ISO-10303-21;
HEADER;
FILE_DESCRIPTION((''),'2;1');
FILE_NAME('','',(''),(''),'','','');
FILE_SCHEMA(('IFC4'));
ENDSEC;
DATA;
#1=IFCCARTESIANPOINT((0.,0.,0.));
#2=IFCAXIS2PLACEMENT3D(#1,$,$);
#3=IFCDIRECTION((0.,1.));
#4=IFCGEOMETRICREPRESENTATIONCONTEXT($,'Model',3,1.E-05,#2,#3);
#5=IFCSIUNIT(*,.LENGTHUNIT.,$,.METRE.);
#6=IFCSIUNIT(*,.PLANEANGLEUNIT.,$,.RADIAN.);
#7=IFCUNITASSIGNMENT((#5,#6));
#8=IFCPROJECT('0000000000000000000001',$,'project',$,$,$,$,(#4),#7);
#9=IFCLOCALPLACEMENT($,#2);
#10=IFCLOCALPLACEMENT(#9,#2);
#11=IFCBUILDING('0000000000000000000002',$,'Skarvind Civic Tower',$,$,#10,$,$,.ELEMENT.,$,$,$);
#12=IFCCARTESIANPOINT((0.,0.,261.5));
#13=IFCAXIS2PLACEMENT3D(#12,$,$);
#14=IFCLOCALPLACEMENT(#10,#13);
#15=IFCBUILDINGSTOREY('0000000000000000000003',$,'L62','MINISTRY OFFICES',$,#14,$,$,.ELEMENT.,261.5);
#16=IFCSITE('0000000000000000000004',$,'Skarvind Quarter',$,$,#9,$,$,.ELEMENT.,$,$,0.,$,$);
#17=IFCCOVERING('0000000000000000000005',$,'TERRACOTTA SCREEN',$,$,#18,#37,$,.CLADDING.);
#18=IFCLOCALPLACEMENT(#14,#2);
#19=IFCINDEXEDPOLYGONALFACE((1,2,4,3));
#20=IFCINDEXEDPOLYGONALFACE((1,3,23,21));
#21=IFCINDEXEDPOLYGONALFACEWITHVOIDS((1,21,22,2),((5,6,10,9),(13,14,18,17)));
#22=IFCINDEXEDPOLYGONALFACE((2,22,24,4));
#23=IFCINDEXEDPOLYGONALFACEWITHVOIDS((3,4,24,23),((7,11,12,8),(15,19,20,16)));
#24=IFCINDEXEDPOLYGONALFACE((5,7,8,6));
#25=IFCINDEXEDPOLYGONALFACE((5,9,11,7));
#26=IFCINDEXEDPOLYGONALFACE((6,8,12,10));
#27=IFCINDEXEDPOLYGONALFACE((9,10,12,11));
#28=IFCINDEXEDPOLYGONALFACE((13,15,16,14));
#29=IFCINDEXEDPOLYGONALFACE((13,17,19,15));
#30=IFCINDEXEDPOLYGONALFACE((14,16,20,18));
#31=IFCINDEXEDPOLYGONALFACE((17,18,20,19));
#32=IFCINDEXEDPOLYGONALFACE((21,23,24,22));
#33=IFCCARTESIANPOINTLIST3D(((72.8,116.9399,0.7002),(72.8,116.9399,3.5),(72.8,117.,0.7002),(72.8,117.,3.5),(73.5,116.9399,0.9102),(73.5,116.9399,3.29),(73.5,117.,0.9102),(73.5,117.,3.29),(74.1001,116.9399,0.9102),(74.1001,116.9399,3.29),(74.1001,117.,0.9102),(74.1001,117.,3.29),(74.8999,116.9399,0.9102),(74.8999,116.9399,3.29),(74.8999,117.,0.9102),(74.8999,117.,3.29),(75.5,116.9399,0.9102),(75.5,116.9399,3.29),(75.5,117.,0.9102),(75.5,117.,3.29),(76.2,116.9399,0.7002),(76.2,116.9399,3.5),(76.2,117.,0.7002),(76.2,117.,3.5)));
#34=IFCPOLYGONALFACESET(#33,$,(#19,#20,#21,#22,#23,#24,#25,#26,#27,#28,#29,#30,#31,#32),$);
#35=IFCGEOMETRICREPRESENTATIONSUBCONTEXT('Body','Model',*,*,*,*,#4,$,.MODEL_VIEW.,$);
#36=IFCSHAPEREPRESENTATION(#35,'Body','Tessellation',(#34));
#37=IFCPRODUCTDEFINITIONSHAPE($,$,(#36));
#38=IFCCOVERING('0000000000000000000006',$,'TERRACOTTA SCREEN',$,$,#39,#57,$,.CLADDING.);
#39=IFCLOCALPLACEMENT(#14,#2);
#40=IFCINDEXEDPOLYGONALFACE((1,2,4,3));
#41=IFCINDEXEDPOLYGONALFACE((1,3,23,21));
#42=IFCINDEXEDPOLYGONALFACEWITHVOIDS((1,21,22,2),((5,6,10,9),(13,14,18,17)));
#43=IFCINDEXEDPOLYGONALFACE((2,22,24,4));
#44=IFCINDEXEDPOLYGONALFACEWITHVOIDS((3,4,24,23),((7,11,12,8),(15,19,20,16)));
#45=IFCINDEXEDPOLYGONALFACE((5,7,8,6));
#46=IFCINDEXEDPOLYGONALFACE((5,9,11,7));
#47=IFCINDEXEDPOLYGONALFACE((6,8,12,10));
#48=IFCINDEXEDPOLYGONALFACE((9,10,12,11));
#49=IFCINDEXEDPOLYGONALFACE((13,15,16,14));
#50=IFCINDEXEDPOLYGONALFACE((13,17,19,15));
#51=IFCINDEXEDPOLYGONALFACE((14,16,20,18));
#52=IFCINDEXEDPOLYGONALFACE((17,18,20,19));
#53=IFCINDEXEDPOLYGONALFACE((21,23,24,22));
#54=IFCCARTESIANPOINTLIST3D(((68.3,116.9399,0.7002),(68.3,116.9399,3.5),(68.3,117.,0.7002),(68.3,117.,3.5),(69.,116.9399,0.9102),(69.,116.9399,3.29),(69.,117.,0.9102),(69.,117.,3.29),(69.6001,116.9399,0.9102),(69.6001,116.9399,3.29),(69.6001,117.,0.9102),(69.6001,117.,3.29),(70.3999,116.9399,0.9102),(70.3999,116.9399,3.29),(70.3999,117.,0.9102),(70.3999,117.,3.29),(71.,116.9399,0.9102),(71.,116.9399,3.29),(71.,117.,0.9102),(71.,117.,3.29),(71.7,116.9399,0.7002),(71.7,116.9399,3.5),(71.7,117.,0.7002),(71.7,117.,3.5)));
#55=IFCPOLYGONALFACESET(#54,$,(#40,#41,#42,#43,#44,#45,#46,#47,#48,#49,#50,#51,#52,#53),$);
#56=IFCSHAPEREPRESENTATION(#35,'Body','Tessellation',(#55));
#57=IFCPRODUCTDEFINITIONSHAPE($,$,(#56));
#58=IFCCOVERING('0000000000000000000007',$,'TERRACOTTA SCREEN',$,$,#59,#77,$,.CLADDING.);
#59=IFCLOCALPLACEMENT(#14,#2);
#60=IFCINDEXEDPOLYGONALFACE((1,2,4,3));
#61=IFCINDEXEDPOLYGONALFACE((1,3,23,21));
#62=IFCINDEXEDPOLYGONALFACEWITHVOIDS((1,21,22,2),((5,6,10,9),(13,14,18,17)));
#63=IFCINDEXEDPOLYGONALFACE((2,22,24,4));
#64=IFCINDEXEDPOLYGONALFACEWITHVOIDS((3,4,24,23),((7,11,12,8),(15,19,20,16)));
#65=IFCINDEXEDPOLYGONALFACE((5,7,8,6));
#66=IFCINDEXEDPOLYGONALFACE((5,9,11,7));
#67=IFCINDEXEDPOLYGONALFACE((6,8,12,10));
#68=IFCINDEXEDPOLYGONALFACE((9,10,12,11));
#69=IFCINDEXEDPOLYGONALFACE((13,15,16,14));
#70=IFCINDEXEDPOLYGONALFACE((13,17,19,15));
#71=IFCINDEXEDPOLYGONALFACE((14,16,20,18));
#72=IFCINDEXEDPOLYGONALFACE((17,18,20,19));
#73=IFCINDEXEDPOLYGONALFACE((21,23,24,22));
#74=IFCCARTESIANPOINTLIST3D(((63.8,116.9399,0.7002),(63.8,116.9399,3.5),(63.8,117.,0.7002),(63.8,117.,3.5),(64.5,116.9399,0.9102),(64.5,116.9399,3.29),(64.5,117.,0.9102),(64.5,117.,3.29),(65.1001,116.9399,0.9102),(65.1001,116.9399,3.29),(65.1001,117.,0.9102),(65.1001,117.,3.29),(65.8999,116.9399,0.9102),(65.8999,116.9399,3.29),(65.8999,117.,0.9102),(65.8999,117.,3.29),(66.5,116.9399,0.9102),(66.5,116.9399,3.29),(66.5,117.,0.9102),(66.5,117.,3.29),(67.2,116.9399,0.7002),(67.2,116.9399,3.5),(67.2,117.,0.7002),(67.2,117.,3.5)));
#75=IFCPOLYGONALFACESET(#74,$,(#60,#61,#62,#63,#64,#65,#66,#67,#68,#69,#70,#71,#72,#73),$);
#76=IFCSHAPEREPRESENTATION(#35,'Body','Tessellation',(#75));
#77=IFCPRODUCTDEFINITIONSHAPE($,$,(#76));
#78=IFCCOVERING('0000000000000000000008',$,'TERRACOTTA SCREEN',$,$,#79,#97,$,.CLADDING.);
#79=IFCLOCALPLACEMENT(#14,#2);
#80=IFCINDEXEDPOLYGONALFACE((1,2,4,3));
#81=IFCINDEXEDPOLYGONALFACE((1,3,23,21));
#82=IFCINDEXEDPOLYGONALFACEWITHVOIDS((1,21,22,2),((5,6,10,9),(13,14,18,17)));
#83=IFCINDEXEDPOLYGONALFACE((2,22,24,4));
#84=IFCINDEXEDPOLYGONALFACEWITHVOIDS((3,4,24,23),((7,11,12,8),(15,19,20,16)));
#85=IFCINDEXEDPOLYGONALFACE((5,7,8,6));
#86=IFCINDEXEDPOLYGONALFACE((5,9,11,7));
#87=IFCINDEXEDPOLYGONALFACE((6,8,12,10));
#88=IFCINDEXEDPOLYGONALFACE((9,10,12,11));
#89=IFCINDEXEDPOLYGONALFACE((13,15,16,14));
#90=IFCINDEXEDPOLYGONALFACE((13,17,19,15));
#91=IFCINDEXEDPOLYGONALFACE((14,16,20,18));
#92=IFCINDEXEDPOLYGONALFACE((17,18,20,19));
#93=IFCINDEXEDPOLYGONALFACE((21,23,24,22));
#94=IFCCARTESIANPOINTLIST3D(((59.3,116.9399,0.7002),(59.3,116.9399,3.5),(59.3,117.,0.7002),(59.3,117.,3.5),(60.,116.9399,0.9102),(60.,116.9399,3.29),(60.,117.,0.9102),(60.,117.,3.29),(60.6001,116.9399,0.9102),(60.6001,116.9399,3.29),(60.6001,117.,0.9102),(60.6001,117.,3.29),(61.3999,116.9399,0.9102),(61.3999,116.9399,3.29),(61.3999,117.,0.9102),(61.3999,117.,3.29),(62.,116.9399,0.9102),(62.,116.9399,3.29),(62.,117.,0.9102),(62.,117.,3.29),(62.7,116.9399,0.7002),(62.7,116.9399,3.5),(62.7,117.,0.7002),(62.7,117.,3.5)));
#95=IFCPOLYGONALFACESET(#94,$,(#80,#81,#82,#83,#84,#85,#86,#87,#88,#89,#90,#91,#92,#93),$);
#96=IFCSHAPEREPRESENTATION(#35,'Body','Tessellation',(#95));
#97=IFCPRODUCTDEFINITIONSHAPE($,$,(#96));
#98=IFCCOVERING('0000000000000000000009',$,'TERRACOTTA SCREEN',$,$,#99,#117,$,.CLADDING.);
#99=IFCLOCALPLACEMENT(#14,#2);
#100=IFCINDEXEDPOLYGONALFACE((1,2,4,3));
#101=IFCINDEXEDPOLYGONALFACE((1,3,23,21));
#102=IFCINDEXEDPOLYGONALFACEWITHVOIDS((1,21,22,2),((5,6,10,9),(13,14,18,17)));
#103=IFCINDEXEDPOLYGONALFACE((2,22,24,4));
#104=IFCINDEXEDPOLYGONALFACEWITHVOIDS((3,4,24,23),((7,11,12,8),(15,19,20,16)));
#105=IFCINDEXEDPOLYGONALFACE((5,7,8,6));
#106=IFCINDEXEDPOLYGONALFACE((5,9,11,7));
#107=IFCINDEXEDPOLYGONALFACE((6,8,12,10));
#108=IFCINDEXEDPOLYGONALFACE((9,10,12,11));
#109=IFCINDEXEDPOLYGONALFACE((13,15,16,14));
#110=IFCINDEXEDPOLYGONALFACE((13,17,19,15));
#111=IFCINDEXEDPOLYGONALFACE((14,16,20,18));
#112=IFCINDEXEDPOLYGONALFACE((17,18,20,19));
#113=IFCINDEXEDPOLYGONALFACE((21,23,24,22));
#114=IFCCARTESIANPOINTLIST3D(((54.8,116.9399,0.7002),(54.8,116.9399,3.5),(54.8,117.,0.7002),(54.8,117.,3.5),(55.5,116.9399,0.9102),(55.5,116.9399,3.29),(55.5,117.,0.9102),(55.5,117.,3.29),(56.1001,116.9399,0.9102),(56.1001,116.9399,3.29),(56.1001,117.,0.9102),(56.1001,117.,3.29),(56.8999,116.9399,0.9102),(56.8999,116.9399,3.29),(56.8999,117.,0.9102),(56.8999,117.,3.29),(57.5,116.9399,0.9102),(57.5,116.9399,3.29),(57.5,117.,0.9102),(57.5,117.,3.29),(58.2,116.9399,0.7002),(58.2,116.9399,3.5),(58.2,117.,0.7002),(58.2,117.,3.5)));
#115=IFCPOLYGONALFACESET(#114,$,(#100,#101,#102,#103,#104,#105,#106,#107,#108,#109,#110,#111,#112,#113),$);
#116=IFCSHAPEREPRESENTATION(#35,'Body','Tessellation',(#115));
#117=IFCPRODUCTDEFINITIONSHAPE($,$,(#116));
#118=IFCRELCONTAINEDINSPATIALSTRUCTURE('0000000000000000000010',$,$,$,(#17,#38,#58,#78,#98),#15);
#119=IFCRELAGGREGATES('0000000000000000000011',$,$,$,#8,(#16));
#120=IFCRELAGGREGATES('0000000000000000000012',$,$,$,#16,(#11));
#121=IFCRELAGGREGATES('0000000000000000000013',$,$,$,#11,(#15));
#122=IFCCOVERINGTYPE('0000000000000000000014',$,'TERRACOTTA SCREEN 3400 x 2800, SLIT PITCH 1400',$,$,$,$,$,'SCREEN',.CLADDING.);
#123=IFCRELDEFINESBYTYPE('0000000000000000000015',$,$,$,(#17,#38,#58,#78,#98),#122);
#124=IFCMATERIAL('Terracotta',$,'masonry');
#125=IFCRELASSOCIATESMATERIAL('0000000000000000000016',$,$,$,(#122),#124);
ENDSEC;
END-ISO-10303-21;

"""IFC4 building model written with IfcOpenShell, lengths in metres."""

from ifc_helpers import new_model, si_unit, direction, frame, origin, place, context, subcontext, project, spatial, polyline, outline, extrude, material, material_profile, profile_set, type_object, element, save


model = new_model("IFC4")

# Units and contexts
model_context = context("Model", 3, precision=1e-05, world=origin(), true_north=direction((0.0, 1.0)))
body_context = subcontext(model_context, "Body", "Model", "MODEL_VIEW")
ifc_project = project(units=[si_unit("LENGTHUNIT", "METRE"), si_unit("PLANEANGLEUNIT", "RADIAN")], contexts=[model_context])

# Site, building, storey
site_placement = place(None, origin())
site = spatial("IfcSite", under=ifc_project, at=site_placement, Name="Skarvind Quarter", CompositionType="ELEMENT", RefElevation=0.0)
building_placement = place(site_placement, origin())
building = spatial("IfcBuilding", under=site, at=building_placement, Name="Skarvind Civic Tower", CompositionType="ELEMENT")
storey_placement = place(building_placement, frame((0.0, 0.0, 261.5)))
storey = spatial("IfcBuildingStorey", under=building, at=storey_placement, Name="L62", Description="MINISTRY OFFICES", CompositionType="ELEMENT", Elevation=261.5)

# Coverings
ifc_material_1 = material(Name="Terracotta", Category="masonry")
ifc_material_profile = material_profile(ifc_material_1, outline(polyline([(-1.7, -1.3999), (1.7, -1.3999), (1.7, 1.3999), (-1.7, 1.3999), (-1.7, -1.3999)]), holes=[polyline([(-1.0, -1.1899), (-0.3999, -1.1899), (-0.3999, 1.1899), (-1.0, 1.1899), (-1.0, -1.1899)]), polyline([(0.3999, -1.1899), (1.0, -1.1899), (1.0, 1.1899), (0.3999, 1.1899), (0.3999, -1.1899)])]), Name="TERRACOTTA SCREEN 3400 x 2800, SLIT PITCH 1400")
ifc_profile_set = profile_set([ifc_material_profile], Name="Terracotta")
covering_type = type_object("IfcCoveringType", Name="TERRACOTTA SCREEN 3400 x 2800, SLIT PITCH 1400", ElementType="SCREEN", PredefinedType="CLADDING", material=ifc_profile_set)
for number, where, z_axis, x_axis, name in (
    (1, (74.5, 117.0, 2.1001), (0.0, -1.0, 0.0), (1.0, 0.0, 0.0), "TERRACOTTA SCREEN"),
    (2, (70.0, 117.0, 2.1001), (0.0, -1.0, 0.0), (1.0, 0.0, 0.0), "TERRACOTTA SCREEN"),
    (3, (65.5, 117.0, 2.1001), (0.0, -1.0, 0.0), (1.0, 0.0, 0.0), "TERRACOTTA SCREEN"),
    (4, (61.0, 117.0, 2.1001), (0.0, -1.0, 0.0), (1.0, 0.0, 0.0), "TERRACOTTA SCREEN"),
    (5, (56.5, 117.0, 2.1001), (0.0, -1.0, 0.0), (1.0, 0.0, 0.0), "TERRACOTTA SCREEN"),
):
    element("IfcCovering", number, at=place(storey_placement, frame(where, z_axis=z_axis, x_axis=x_axis)), inside=storey, type_object=covering_type, Name=name, PredefinedType="CLADDING", context=body_context, shape_type="SweptSolid", body=[
        extrude(outline(polyline([(-1.7, -1.3999), (1.7, -1.3999), (1.7, 1.3999), (-1.7, 1.3999), (-1.7, -1.3999)]), holes=[polyline([(-1.0, -1.1899), (-0.3999, -1.1899), (-0.3999, 1.1899), (-1.0, 1.1899), (-1.0, -1.1899)]), polyline([(0.3999, -1.1899), (1.0, -1.1899), (1.0, 1.1899), (0.3999, 1.1899), (0.3999, -1.1899)])]), origin(), (0.0, 0.0, 1.0), 0.0601),
    ])

save(model, "model.ifc")
